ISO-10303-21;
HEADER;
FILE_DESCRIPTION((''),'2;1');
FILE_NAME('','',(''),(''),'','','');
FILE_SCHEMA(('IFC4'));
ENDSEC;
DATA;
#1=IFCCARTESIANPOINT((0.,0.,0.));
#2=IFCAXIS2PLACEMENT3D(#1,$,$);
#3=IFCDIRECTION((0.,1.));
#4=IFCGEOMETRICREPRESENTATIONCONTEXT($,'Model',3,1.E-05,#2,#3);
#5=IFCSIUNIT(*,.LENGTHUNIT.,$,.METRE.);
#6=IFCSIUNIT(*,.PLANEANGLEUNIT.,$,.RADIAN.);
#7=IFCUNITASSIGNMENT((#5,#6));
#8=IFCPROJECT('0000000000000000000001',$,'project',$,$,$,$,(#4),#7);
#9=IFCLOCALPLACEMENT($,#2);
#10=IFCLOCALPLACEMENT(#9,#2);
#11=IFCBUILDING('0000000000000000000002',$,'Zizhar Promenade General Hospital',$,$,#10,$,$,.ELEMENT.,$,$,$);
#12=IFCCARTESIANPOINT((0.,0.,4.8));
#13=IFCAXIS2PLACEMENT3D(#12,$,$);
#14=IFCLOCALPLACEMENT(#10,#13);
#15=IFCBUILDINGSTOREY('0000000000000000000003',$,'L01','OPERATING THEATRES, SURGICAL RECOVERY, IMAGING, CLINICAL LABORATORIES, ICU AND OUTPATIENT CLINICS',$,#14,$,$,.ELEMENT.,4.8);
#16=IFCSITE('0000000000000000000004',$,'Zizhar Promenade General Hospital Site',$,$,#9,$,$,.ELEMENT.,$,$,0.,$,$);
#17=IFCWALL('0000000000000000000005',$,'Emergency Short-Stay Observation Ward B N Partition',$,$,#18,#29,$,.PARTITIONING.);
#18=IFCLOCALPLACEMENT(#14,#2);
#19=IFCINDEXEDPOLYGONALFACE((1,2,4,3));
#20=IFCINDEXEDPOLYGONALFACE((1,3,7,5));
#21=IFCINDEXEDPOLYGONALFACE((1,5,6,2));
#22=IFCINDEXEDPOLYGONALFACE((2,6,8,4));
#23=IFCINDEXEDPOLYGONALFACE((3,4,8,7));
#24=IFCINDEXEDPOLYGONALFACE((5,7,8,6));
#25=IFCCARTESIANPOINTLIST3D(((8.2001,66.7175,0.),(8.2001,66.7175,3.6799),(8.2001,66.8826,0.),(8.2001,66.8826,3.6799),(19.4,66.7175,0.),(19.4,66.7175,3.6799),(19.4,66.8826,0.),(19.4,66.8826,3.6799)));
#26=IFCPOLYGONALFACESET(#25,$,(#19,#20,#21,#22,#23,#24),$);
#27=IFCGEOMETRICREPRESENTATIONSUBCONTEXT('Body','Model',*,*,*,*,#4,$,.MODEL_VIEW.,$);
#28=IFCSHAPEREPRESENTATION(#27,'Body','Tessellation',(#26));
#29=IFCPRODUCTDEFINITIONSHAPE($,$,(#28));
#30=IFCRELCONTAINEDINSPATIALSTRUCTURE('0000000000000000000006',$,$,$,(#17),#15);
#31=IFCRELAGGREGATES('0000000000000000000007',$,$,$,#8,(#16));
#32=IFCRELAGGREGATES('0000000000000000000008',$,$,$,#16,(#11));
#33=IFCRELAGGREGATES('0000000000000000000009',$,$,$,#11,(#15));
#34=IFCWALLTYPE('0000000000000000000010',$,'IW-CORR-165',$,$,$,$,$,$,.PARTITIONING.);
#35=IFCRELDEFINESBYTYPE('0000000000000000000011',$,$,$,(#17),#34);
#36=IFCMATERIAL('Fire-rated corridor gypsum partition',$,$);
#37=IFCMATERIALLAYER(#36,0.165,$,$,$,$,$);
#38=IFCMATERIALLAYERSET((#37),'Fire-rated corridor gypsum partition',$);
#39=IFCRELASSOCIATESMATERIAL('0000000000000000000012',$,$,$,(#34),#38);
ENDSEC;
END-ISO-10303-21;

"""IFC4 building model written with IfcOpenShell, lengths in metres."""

from ifc_helpers import new_model, si_unit, direction, frame, frame_2d, origin, place, context, subcontext, project, spatial, rectangle, extrude, material, layer, layer_set, type_object, element, save


model = new_model("IFC4")

# Units and contexts
model_context = context("Model", 3, precision=1e-05, world=origin(), true_north=direction((0.0, 1.0)))
body_context = subcontext(model_context, "Body", "Model", "MODEL_VIEW")
ifc_project = project(units=[si_unit("LENGTHUNIT", "METRE"), si_unit("PLANEANGLEUNIT", "RADIAN")], contexts=[model_context])

# Site, building, storey
site_placement = place(None, origin())
site = spatial("IfcSite", under=ifc_project, at=site_placement, Name="Zizhar Promenade General Hospital Site", CompositionType="ELEMENT", RefElevation=0.0)
building_placement = place(site_placement, origin())
building = spatial("IfcBuilding", under=site, at=building_placement, Name="Zizhar Promenade General Hospital", CompositionType="ELEMENT")
storey_placement = place(building_placement, frame((0.0, 0.0, 4.8)))
storey = spatial("IfcBuildingStorey", under=building, at=storey_placement, Name="L01", Description="OPERATING THEATRES, SURGICAL RECOVERY, IMAGING, CLINICAL LABORATORIES, ICU AND OUTPATIENT CLINICS", CompositionType="ELEMENT", Elevation=4.8)

# Wall
ifc_material_1 = material(Name="Fire-rated corridor gypsum partition")
ifc_layer_1 = layer(ifc_material_1, 0.165)
ifc_layer_set_1 = layer_set([ifc_layer_1], Name="Fire-rated corridor gypsum partition")
wall_type = type_object("IfcWallType", Name="IW-CORR-165", PredefinedType="PARTITIONING", material=ifc_layer_set_1)
wall_placement = place(storey_placement, frame((8.2, 66.8, 0.0), z_axis=(0.0, 0.0, 1.0), x_axis=(1.0, 0.0, 0.0)))
element("IfcWall", 1, at=wall_placement, inside=storey, type_object=wall_type, Name="Emergency Short-Stay Observation Ward B N Partition", PredefinedType="PARTITIONING", context=body_context, shape_type="SweptSolid", body=[
    extrude(rectangle(XDim=11.2, YDim=0.165, at=frame_2d((5.6001, 0.0))), origin(), (0.0, 0.0, 1.0), 3.6799),
])

save(model, "model.ifc")
